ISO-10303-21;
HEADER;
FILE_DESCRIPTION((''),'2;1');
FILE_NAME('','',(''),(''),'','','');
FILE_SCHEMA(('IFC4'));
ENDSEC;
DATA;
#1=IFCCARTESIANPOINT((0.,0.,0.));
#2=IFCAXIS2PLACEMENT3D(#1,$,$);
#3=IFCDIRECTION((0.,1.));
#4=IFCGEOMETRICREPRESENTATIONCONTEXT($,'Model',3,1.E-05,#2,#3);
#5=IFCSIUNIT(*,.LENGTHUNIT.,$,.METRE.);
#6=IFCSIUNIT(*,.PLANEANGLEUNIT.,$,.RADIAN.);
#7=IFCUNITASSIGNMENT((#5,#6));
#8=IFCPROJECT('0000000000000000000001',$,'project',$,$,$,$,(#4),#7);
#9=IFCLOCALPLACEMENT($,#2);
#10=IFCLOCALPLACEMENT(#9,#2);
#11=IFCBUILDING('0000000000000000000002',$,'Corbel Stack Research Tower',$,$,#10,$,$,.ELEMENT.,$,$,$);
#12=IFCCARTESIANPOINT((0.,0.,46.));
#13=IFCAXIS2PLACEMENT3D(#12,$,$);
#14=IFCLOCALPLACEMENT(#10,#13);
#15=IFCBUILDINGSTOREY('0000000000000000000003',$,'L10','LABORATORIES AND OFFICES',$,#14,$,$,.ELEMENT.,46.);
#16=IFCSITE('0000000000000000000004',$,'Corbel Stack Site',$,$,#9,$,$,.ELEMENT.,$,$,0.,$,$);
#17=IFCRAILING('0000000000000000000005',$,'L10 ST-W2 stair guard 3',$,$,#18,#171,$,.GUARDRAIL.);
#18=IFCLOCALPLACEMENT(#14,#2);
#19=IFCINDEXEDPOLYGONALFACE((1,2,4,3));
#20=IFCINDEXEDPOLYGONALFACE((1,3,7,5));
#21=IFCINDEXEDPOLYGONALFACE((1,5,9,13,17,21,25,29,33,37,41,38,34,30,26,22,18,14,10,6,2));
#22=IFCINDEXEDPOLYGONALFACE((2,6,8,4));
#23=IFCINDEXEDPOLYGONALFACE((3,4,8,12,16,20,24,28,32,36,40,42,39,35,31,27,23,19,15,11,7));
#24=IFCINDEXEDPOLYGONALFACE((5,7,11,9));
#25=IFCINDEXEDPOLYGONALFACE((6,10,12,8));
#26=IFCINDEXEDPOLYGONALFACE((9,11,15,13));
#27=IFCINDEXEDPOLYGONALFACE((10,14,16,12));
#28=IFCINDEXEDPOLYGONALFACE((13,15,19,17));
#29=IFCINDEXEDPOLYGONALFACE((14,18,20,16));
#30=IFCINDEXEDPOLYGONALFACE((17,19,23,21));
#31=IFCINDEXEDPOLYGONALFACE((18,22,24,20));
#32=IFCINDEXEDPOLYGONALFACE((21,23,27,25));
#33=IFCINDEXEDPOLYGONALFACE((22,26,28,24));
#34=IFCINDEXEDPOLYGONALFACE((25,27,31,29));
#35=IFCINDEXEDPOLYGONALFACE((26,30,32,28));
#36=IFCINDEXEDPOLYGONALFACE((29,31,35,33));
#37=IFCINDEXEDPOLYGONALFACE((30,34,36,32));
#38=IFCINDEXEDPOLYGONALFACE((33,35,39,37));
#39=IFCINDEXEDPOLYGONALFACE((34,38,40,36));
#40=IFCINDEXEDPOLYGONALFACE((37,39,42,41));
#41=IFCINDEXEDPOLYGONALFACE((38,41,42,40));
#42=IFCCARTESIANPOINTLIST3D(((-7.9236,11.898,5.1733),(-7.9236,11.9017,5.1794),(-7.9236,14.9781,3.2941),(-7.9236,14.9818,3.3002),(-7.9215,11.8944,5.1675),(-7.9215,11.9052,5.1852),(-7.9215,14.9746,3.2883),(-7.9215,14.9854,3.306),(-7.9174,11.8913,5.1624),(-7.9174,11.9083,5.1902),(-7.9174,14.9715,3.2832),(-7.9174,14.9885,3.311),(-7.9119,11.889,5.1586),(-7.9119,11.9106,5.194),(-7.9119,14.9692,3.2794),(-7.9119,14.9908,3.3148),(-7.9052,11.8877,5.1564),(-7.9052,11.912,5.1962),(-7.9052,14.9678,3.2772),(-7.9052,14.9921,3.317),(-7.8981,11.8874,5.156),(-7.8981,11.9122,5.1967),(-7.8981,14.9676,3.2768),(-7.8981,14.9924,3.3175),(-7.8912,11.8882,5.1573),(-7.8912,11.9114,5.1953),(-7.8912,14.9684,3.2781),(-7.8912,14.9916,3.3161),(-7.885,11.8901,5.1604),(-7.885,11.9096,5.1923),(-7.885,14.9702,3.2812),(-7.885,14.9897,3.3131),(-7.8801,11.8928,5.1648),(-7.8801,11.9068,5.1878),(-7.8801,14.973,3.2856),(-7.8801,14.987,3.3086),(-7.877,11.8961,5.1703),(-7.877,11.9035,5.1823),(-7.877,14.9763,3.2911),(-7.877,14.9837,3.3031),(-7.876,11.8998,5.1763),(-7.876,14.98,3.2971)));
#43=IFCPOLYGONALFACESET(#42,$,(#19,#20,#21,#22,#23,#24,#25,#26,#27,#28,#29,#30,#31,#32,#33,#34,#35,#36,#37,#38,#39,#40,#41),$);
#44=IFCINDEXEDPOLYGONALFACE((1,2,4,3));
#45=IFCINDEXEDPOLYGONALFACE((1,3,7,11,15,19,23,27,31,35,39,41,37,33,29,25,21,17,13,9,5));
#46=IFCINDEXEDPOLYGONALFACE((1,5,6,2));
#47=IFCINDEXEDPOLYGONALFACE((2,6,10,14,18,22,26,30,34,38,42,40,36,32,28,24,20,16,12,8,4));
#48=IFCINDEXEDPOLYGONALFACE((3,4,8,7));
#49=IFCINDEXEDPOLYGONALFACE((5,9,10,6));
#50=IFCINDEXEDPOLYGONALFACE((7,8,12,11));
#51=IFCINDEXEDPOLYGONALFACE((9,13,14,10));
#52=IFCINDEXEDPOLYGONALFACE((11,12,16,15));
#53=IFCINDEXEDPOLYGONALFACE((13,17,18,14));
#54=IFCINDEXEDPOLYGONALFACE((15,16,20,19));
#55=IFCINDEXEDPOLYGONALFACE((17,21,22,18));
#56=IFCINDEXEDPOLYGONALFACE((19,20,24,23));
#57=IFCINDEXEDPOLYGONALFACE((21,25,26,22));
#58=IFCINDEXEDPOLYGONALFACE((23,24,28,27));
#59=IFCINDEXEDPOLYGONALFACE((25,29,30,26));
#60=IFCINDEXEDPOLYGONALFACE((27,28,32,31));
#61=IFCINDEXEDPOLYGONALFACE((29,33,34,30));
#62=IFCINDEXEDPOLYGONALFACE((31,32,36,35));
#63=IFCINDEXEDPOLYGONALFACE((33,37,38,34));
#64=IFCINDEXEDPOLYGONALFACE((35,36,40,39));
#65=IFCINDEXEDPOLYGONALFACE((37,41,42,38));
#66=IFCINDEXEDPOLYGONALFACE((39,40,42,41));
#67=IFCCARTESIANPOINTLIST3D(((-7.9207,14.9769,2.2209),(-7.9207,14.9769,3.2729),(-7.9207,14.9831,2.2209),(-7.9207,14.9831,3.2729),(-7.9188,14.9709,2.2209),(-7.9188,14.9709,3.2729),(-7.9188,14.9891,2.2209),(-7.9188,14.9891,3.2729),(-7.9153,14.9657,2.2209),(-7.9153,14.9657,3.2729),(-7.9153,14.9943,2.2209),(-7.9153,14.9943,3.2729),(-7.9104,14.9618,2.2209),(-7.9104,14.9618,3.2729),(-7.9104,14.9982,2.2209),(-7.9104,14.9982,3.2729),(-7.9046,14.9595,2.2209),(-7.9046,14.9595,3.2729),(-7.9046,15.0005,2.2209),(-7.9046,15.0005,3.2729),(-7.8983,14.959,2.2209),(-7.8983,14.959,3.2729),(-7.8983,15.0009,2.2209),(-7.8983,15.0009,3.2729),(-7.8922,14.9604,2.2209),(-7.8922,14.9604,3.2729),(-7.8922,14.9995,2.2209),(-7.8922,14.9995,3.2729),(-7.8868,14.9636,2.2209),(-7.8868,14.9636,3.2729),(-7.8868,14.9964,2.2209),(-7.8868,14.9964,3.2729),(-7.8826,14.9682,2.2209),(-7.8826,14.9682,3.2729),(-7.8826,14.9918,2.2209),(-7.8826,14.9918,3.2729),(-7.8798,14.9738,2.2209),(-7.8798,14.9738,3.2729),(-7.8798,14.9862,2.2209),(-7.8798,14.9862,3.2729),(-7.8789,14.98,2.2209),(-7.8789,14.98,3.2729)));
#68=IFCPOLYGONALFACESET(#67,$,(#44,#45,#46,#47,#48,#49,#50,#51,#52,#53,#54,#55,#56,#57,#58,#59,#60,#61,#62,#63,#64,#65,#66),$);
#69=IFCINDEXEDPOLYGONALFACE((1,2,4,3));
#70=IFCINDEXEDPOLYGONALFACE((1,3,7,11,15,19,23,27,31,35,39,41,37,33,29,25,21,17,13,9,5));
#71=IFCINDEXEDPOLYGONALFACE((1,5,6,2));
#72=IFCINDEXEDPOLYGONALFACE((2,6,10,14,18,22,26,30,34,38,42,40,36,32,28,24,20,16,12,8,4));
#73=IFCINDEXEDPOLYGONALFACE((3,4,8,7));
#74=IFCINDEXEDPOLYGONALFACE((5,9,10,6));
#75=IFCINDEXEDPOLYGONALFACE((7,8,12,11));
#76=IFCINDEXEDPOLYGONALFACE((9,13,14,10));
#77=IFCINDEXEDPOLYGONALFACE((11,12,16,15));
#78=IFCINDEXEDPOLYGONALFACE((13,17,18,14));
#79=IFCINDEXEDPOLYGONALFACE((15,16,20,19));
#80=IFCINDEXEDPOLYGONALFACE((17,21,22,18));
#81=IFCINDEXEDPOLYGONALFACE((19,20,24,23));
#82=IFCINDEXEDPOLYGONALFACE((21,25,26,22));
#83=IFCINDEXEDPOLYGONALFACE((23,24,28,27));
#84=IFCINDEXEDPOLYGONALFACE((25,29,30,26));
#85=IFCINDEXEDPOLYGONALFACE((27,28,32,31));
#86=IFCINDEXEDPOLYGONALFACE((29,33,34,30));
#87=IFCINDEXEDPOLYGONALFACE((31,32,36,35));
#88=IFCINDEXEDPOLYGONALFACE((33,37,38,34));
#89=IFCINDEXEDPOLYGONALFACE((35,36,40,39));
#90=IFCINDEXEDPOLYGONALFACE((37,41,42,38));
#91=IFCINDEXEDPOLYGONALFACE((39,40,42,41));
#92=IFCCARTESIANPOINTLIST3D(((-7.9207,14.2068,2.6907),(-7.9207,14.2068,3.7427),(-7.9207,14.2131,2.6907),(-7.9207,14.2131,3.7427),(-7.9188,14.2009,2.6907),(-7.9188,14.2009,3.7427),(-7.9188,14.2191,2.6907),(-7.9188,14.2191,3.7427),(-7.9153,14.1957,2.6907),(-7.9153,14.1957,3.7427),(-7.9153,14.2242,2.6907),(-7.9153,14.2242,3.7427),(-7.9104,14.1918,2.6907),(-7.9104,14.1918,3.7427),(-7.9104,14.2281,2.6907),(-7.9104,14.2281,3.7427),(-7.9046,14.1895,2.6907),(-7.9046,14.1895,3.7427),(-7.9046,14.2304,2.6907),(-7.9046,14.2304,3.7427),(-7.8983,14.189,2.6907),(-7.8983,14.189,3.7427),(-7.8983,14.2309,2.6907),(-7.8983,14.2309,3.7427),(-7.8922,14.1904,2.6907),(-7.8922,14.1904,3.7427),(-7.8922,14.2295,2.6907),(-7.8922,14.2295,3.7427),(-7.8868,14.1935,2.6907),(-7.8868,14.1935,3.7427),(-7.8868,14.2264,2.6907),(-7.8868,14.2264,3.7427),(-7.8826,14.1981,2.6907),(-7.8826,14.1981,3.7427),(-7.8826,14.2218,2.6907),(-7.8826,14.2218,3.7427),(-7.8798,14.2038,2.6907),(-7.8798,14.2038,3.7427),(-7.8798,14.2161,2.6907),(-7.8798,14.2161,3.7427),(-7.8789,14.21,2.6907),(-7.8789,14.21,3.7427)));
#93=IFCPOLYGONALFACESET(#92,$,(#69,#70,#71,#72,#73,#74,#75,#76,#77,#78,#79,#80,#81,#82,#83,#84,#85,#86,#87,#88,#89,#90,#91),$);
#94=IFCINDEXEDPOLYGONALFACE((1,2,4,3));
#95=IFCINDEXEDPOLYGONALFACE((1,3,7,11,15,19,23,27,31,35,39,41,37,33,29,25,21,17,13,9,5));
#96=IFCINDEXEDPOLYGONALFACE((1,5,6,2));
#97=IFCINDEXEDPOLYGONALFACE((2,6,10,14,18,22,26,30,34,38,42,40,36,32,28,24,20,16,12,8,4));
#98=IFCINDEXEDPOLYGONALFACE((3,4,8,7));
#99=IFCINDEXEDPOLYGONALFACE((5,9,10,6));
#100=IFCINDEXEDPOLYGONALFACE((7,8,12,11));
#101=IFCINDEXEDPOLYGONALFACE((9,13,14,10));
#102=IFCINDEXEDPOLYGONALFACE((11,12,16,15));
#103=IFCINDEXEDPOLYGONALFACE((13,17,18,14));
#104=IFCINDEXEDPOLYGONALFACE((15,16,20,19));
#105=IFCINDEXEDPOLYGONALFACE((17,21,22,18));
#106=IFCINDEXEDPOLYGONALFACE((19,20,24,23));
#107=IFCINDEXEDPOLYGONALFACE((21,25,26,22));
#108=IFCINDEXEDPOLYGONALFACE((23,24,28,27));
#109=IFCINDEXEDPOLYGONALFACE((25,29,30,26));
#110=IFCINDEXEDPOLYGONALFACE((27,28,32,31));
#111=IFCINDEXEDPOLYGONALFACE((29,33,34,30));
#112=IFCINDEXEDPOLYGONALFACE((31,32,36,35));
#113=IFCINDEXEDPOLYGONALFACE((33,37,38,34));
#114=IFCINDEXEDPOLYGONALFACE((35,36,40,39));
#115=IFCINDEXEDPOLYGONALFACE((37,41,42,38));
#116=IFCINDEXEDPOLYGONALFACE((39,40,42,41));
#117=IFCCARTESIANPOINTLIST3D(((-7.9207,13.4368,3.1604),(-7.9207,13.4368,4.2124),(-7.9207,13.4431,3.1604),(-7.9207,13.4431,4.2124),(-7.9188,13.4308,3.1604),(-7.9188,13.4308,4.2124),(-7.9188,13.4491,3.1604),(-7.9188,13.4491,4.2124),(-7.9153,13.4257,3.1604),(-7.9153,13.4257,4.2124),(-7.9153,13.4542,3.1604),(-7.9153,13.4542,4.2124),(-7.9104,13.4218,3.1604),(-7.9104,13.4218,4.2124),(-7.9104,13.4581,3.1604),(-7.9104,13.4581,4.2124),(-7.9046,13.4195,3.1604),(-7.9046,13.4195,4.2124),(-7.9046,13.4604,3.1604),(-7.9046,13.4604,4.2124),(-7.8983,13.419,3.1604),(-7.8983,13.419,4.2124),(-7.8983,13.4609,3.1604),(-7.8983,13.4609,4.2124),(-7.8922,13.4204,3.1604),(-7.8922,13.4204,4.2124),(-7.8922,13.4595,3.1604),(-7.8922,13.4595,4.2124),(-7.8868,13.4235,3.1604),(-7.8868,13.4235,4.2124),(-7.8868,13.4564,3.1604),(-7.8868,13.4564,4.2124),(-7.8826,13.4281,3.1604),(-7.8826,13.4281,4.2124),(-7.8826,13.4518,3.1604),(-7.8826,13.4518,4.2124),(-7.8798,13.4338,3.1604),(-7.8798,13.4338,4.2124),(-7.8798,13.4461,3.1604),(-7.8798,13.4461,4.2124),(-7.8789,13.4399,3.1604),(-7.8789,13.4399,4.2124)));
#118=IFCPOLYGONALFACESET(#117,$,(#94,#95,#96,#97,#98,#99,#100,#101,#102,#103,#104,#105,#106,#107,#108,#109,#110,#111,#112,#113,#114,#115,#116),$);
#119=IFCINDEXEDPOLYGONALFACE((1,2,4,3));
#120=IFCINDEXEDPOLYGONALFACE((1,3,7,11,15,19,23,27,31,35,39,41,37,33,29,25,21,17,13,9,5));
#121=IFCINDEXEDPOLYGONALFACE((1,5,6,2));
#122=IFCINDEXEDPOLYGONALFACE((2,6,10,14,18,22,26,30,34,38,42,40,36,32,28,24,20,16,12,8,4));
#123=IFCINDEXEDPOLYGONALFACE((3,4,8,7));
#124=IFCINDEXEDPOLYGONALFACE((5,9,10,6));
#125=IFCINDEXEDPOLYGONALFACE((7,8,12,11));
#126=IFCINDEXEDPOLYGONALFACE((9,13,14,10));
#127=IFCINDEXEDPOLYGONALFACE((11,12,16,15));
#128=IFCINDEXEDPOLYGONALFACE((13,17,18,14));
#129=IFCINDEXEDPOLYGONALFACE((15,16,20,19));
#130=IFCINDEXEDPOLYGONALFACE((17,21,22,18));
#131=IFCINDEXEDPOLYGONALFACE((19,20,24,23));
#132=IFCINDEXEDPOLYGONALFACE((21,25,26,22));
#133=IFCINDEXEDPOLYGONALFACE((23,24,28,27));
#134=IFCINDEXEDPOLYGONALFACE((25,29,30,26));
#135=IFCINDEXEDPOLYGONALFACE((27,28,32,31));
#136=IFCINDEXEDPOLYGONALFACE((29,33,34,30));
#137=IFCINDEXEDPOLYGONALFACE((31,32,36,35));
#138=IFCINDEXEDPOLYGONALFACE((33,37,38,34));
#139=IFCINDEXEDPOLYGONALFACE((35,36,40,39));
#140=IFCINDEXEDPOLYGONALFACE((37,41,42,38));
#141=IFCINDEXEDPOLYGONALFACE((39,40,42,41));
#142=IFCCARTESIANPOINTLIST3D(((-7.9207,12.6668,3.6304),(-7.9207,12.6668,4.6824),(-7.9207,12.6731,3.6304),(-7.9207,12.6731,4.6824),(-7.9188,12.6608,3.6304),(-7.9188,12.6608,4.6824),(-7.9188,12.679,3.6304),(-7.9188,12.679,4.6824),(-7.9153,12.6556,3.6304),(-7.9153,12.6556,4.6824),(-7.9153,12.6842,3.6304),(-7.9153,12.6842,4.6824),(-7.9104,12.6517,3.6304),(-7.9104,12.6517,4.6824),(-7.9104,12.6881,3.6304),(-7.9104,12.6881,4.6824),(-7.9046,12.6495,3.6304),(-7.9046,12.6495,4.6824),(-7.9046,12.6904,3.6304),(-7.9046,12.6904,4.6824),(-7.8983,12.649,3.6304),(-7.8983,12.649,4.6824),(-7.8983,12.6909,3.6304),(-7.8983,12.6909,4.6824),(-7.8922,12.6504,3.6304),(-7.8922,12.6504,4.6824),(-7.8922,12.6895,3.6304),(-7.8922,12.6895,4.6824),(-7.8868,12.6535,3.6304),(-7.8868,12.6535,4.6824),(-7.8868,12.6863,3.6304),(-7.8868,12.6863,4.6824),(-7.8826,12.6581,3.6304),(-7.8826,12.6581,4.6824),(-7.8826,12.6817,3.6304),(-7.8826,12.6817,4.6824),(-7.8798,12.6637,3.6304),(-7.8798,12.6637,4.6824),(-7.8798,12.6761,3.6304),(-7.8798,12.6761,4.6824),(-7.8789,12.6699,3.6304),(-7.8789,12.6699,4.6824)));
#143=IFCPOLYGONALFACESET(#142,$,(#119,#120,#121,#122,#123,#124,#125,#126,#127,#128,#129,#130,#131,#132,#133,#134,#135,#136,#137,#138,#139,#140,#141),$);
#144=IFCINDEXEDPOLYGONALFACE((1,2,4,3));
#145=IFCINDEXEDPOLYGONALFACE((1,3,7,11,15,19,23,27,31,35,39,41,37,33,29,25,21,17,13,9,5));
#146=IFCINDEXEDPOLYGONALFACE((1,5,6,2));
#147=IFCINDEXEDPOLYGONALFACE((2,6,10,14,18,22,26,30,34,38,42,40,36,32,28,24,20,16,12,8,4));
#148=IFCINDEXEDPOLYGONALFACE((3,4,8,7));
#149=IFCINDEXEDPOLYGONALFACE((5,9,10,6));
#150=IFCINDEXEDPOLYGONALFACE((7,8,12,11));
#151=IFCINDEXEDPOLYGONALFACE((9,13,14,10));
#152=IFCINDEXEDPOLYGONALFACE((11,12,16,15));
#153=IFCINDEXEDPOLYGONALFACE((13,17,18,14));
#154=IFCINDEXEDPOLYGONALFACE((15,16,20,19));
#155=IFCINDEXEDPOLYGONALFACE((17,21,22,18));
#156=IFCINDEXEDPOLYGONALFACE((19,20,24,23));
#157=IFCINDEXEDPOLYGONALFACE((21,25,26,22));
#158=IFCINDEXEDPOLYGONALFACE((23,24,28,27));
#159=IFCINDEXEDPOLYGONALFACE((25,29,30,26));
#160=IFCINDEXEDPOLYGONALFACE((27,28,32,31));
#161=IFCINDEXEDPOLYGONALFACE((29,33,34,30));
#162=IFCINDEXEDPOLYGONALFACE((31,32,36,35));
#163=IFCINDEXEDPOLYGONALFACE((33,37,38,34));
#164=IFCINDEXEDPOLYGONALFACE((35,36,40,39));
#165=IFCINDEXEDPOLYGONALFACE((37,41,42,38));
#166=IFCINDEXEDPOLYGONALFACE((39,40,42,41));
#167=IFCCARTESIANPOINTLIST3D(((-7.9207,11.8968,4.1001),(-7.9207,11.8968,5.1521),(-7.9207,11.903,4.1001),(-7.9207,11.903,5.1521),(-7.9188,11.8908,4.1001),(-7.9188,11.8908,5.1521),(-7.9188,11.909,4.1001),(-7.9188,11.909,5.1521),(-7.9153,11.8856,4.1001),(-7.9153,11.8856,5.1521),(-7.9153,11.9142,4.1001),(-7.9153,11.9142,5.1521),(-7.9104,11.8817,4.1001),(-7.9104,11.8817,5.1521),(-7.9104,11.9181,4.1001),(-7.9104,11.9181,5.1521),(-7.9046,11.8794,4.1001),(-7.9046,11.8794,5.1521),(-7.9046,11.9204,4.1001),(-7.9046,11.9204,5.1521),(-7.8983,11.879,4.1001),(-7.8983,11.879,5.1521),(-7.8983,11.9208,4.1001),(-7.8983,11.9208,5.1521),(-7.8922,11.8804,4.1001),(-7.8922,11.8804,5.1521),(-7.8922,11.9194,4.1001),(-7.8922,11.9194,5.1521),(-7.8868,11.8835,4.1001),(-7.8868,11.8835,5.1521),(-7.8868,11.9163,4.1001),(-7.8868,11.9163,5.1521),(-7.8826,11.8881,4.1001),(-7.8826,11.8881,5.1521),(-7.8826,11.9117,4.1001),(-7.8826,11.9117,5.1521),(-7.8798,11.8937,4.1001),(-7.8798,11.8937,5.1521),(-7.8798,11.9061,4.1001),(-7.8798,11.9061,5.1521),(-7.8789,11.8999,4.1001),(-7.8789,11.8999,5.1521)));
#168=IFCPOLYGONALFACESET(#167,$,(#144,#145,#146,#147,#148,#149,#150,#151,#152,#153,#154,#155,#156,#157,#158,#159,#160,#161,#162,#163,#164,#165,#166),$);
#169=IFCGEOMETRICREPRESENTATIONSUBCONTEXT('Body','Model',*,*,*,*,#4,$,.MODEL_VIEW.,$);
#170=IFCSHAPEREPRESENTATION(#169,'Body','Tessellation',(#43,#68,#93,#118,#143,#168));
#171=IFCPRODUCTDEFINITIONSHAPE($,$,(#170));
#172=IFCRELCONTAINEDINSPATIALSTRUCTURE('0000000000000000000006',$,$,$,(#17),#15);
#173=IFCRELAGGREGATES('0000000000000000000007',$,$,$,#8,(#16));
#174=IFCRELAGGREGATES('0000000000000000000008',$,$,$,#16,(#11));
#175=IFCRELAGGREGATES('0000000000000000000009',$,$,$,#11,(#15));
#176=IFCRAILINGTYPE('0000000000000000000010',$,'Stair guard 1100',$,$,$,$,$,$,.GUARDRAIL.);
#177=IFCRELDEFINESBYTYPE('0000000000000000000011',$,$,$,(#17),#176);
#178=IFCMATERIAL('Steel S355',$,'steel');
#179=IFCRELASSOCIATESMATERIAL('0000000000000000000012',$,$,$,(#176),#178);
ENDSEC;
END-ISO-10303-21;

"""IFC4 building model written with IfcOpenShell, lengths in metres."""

from ifc_helpers import new_model, si_unit, direction, frame, origin, origin_2d, place, context, subcontext, project, spatial, circle, extrude, material, type_object, element, save


model = new_model("IFC4")

# Units and contexts
model_context = context("Model", 3, precision=1e-05, world=origin(), true_north=direction((0.0, 1.0)))
body_context = subcontext(model_context, "Body", "Model", "MODEL_VIEW")
ifc_project = project(units=[si_unit("LENGTHUNIT", "METRE"), si_unit("PLANEANGLEUNIT", "RADIAN")], contexts=[model_context])

# Site, building, storey
site_placement = place(None, origin())
site = spatial("IfcSite", under=ifc_project, at=site_placement, Name="Corbel Stack Site", CompositionType="ELEMENT", RefElevation=0.0)
building_placement = place(site_placement, origin())
building = spatial("IfcBuilding", under=site, at=building_placement, Name="Corbel Stack Research Tower", CompositionType="ELEMENT")
storey_placement = place(building_placement, frame((0.0, 0.0, 46.0)))
storey = spatial("IfcBuildingStorey", under=building, at=storey_placement, Name="L10", Description="LABORATORIES AND OFFICES", CompositionType="ELEMENT", Elevation=46.0)

# Railing
ifc_material_1 = material(Name="Steel S355", Category="steel")
railing_type_1 = type_object("IfcRailingType", Name="Stair guard 1100", PredefinedType="GUARDRAIL", material=ifc_material_1)
railing_1_placement = place(storey_placement, frame((-7.8999, 14.98, 2.2209)))
element("IfcRailing", 1, at=railing_1_placement, inside=storey, type_object=railing_type_1, Name="L10 ST-W2 stair guard 3", PredefinedType="GUARDRAIL", context=body_context, shape_type="SweptSolid", body=[
    extrude(circle(Radius=0.0239, at=origin_2d()), frame((0.0, 0.0, 1.0762), z_axis=(0.0, -0.853666, 0.52082), x_axis=(1.0, 0.0, 0.0)), (0.0, 0.0, 1.0), 3.6082),
    extrude(circle(Radius=0.021, at=origin_2d()), origin(), (0.0, 0.0, 1.0), 1.052),
    extrude(circle(Radius=0.021, at=origin_2d()), frame((0.0, -0.77, 0.4697)), (0.0, 0.0, 1.0), 1.052),
    extrude(circle(Radius=0.021, at=origin_2d()), frame((0.0, -1.54, 0.9395)), (0.0, 0.0, 1.0), 1.052),
    extrude(circle(Radius=0.021, at=origin_2d()), frame((0.0, -2.3101, 1.4094)), (0.0, 0.0, 1.0), 1.052),
    extrude(circle(Radius=0.021, at=origin_2d()), frame((0.0, -3.0801, 1.8792)), (0.0, 0.0, 1.0), 1.052),
])

save(model, "model.ifc")
